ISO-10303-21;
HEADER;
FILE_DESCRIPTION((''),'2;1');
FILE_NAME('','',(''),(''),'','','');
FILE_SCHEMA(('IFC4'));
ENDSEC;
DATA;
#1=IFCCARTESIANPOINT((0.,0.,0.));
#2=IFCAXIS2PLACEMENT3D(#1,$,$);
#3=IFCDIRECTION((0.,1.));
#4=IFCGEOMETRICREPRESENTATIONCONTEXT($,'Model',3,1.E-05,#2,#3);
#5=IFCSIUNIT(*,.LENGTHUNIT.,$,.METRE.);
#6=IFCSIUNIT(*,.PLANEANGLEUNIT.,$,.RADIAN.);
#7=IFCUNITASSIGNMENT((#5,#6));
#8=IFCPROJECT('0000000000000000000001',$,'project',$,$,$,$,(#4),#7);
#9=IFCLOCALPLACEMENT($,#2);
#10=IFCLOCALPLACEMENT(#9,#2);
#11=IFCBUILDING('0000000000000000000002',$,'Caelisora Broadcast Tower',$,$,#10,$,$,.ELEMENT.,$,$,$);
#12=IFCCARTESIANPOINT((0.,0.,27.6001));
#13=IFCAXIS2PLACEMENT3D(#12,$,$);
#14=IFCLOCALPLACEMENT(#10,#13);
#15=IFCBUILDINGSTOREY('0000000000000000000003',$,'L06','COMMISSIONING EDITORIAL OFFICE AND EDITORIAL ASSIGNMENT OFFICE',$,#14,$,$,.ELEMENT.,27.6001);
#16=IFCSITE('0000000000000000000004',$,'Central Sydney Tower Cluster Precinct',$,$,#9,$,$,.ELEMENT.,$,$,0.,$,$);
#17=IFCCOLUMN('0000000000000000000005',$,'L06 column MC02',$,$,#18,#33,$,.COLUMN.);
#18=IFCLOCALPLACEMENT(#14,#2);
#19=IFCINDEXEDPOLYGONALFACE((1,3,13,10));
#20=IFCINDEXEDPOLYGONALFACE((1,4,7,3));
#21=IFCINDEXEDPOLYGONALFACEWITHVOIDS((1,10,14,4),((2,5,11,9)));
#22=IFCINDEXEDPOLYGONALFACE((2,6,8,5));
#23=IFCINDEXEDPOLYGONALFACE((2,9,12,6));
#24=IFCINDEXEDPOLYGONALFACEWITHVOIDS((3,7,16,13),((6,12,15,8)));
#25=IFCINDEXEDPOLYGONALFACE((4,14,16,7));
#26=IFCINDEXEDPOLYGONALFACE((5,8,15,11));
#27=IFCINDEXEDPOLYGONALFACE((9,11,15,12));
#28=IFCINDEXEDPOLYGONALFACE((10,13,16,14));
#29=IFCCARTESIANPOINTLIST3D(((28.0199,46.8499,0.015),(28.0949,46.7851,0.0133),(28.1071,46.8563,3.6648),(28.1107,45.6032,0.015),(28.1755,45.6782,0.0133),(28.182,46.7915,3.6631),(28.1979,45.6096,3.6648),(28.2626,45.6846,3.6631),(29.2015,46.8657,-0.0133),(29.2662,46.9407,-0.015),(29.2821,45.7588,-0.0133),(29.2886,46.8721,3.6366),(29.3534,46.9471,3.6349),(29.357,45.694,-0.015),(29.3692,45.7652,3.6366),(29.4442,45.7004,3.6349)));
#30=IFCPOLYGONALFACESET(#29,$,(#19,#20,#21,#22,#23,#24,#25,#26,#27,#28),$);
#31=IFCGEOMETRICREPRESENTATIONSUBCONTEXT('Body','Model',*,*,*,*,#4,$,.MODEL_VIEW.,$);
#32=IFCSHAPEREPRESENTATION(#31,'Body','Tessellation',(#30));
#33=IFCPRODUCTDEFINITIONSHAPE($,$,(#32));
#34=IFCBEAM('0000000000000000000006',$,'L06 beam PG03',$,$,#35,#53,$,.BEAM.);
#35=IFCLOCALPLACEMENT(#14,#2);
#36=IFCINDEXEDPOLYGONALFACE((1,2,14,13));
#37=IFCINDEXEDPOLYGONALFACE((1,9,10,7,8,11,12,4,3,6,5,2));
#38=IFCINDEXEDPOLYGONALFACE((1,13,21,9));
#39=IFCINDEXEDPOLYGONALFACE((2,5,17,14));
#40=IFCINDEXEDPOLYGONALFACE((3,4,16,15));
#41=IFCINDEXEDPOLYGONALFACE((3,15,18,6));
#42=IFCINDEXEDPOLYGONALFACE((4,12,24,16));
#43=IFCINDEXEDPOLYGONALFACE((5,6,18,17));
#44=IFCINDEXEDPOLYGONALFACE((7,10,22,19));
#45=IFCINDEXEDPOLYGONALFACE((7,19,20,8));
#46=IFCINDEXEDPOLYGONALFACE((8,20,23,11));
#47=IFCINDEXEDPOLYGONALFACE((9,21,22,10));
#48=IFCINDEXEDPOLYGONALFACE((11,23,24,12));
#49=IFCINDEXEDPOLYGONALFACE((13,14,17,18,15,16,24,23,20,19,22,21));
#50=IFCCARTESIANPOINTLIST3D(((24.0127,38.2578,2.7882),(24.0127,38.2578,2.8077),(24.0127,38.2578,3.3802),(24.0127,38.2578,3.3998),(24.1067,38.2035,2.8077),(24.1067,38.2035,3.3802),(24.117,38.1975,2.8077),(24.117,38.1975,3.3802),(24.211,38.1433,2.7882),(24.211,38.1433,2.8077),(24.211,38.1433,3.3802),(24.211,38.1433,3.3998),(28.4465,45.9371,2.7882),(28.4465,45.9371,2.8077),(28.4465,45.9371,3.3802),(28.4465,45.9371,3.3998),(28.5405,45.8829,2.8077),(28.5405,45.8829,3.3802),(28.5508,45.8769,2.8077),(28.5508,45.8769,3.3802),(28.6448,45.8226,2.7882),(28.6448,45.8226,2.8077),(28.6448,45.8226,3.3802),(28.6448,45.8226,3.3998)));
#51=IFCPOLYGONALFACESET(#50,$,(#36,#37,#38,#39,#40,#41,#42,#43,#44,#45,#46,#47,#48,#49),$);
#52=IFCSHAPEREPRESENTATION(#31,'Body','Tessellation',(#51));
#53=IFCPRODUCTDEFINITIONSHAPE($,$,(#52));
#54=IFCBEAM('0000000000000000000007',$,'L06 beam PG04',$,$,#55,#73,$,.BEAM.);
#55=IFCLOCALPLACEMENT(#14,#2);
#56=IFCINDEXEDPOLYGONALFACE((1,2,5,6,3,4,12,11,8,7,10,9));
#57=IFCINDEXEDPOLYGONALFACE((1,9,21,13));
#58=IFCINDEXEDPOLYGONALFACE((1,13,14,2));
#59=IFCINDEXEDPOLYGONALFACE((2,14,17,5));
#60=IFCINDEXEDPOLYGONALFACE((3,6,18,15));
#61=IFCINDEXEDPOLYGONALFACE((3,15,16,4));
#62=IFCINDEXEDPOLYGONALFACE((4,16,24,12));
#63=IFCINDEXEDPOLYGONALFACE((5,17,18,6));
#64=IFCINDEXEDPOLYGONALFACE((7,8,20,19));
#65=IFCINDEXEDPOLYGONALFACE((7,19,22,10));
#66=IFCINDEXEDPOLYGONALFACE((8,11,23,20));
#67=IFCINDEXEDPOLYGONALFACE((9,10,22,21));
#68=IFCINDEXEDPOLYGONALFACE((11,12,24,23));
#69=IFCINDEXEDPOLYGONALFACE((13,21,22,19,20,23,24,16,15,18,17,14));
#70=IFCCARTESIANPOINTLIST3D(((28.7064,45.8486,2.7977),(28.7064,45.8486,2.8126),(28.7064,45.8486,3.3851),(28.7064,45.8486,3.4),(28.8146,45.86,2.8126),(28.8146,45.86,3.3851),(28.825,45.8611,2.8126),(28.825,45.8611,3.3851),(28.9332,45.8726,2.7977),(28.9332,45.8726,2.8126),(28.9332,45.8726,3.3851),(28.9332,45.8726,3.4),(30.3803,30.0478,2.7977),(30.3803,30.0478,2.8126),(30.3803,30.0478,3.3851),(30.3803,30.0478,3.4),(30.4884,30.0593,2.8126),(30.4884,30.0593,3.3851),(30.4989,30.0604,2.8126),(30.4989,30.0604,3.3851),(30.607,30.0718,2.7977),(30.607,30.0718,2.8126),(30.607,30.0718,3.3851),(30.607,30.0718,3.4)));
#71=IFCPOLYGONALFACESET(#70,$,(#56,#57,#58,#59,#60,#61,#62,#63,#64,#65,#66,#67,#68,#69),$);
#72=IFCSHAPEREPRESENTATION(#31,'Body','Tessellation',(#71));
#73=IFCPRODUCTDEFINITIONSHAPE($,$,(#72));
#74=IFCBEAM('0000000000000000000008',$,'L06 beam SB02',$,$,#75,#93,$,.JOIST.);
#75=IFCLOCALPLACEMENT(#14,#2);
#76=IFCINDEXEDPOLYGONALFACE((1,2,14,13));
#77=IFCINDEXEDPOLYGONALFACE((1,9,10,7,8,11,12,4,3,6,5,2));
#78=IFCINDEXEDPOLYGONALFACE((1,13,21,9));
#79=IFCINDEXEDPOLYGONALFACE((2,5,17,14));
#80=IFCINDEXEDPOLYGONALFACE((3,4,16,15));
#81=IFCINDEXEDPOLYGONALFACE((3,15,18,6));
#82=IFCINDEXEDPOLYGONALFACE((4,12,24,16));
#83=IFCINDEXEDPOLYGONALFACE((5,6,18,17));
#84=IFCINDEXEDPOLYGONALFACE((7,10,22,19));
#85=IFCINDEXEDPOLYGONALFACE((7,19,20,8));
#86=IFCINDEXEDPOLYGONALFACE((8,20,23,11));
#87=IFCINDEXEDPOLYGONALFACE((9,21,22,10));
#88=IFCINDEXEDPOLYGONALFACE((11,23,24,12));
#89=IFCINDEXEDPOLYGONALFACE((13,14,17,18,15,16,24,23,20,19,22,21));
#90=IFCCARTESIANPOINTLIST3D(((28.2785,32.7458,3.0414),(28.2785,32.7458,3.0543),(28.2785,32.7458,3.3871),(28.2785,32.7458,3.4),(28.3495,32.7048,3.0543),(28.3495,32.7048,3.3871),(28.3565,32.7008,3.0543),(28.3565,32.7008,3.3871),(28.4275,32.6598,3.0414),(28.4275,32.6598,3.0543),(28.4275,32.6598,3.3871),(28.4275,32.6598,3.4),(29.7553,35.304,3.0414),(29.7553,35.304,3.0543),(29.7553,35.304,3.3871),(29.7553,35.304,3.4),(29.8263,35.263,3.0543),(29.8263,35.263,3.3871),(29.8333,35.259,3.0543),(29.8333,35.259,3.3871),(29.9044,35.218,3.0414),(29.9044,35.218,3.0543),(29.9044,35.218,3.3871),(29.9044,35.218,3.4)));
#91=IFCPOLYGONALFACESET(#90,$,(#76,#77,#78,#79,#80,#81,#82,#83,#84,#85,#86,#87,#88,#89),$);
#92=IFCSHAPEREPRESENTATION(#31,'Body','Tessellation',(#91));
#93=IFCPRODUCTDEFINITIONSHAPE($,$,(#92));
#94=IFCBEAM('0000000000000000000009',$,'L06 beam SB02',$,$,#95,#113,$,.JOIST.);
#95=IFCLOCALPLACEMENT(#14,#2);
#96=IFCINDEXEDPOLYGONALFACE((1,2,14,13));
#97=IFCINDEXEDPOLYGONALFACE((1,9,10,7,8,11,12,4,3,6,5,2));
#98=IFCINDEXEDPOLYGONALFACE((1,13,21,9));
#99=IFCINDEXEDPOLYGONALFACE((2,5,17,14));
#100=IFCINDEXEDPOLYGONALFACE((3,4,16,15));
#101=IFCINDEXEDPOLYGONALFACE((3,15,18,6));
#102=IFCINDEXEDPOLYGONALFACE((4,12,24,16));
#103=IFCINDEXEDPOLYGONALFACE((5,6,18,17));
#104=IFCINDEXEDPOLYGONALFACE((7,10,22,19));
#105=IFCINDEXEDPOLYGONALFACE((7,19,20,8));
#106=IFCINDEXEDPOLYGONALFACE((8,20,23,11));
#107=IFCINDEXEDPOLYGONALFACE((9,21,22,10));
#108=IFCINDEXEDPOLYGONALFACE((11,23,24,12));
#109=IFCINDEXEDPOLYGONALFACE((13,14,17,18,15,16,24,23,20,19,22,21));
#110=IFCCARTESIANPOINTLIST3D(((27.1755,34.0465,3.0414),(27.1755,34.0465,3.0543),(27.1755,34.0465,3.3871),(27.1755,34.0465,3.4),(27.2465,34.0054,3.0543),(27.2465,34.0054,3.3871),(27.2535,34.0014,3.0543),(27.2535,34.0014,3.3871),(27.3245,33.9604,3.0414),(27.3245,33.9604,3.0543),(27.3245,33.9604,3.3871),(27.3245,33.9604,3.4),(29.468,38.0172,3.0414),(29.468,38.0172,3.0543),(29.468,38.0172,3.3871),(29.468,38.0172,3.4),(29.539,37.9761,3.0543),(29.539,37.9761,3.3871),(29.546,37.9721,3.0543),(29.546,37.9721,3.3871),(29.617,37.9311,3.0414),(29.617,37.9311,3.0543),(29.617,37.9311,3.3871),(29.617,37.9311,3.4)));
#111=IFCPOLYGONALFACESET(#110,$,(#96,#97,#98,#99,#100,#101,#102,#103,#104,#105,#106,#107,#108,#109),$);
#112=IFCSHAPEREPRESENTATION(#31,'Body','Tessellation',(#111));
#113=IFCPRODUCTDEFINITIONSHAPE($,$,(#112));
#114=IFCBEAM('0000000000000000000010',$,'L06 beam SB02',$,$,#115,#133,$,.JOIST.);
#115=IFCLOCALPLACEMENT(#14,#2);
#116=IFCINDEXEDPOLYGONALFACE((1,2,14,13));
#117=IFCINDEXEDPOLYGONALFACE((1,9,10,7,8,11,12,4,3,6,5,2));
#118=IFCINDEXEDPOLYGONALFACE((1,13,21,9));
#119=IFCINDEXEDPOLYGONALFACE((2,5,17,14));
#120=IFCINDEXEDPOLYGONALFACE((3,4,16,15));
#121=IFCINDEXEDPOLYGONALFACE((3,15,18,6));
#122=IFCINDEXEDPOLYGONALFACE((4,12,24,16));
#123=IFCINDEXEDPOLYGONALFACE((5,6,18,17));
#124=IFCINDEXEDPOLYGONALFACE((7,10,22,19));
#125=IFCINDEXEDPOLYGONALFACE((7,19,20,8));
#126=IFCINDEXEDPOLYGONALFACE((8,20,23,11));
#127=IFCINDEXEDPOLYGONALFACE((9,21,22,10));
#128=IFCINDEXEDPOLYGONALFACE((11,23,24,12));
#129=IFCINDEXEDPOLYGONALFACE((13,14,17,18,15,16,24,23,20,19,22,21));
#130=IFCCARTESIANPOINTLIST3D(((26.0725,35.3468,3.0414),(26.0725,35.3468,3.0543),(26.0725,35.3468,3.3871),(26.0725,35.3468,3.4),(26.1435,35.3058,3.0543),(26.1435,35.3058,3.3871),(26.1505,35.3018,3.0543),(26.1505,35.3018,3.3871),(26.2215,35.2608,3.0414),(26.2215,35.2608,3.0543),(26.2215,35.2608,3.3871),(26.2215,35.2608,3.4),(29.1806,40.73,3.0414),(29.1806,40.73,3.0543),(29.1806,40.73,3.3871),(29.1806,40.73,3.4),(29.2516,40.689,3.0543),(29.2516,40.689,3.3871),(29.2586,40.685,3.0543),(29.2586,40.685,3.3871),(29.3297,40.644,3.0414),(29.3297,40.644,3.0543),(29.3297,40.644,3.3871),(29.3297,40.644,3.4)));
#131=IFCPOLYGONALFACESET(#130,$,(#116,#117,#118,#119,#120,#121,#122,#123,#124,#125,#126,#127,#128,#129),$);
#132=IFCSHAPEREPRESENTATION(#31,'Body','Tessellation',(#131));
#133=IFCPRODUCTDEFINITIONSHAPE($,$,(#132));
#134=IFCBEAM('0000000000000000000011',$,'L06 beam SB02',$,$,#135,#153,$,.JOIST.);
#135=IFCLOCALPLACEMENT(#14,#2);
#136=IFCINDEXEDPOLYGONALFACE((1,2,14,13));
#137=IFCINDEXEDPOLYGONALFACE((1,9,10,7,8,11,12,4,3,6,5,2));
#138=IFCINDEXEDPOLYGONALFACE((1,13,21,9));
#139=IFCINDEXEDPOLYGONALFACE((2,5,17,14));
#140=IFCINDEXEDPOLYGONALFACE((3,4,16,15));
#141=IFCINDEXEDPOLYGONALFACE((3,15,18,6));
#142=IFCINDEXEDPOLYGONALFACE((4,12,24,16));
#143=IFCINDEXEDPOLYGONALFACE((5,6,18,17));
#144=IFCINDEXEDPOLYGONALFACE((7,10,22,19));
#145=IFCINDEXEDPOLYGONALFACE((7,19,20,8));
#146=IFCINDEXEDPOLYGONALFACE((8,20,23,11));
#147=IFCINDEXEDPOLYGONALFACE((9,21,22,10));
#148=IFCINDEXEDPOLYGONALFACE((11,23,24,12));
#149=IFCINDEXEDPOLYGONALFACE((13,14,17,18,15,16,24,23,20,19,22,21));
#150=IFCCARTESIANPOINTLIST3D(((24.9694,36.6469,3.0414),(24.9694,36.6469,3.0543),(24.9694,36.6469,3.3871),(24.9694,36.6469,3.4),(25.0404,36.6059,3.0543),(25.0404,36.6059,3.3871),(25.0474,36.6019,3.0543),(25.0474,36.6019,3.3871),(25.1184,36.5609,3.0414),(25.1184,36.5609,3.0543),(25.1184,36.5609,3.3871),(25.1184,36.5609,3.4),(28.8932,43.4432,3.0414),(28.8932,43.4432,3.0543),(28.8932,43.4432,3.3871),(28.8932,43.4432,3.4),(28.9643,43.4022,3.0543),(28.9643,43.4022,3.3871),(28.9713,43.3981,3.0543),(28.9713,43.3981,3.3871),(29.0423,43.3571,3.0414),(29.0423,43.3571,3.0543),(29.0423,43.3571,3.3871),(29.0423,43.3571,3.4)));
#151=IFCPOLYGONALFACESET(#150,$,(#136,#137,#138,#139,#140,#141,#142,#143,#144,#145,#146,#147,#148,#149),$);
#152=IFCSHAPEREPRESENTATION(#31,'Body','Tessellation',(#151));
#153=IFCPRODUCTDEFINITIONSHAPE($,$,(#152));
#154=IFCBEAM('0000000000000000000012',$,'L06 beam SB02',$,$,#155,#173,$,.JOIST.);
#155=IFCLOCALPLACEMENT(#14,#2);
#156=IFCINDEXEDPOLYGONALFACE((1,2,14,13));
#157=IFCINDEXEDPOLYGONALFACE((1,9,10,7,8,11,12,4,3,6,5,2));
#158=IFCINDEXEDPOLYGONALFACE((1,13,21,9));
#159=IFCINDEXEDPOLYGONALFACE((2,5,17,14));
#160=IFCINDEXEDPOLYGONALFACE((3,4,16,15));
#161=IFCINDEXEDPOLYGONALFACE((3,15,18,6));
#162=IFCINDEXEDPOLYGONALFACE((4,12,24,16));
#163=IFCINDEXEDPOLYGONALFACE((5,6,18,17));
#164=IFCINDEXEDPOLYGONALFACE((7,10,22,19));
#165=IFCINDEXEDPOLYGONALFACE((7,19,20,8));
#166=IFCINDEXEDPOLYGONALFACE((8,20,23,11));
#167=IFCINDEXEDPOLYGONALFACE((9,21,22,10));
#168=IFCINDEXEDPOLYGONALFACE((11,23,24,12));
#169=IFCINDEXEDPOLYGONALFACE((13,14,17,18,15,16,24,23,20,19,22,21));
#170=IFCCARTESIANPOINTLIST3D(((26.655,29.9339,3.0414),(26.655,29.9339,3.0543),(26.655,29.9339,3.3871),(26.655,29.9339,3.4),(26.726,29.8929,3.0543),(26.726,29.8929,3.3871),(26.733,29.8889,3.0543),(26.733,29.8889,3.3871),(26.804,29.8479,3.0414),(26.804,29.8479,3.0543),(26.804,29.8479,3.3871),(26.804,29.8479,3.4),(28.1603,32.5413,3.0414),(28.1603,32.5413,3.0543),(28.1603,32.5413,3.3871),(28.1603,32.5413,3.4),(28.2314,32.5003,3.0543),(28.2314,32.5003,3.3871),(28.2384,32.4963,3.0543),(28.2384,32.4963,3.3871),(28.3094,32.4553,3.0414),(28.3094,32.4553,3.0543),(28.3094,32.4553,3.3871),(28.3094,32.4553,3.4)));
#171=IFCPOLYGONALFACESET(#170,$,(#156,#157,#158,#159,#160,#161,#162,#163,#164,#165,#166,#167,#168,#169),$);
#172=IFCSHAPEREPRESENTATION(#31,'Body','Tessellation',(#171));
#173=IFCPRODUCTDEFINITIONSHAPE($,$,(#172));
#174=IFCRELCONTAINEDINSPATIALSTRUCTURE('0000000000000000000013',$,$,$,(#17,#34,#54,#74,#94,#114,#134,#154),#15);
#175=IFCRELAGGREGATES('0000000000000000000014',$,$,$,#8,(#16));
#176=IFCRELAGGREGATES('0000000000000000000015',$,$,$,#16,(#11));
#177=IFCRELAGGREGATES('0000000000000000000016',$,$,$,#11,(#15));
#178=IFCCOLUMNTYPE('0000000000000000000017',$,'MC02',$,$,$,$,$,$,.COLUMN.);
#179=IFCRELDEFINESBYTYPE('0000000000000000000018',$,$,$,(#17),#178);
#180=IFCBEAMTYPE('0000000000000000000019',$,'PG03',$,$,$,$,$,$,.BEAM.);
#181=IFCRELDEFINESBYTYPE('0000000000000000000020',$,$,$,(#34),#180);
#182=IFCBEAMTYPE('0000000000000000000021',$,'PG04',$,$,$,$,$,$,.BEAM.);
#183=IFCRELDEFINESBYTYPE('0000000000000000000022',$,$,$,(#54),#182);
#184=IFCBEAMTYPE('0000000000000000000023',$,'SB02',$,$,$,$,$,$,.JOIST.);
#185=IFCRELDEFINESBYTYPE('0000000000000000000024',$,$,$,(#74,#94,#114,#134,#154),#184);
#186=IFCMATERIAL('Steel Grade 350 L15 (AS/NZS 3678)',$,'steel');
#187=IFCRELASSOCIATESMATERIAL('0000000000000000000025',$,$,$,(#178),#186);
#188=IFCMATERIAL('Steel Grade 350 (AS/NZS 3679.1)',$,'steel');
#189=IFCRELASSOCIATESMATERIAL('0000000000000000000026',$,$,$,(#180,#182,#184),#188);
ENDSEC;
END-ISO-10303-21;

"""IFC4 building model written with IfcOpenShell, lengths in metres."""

from ifc_helpers import new_model, si_unit, direction, frame, origin, origin_2d, place, context, subcontext, project, spatial, hollow_rectangle, i_section, extrude, source, transform, mapped, material, material_profile, profile_set, type_object, type_shapes, element, save


model = new_model("IFC4")

# Units and contexts
model_context = context("Model", 3, precision=1e-05, world=origin(), true_north=direction((0.0, 1.0)))
body_context = subcontext(model_context, "Body", "Model", "MODEL_VIEW")
ifc_project = project(units=[si_unit("LENGTHUNIT", "METRE"), si_unit("PLANEANGLEUNIT", "RADIAN")], contexts=[model_context])

# Site, building, storey
site_placement = place(None, origin())
site = spatial("IfcSite", under=ifc_project, at=site_placement, Name="Central Sydney Tower Cluster Precinct", CompositionType="ELEMENT", RefElevation=0.0)
building_placement = place(site_placement, origin())
building = spatial("IfcBuilding", under=site, at=building_placement, Name="Caelisora Broadcast Tower", CompositionType="ELEMENT")
storey_placement = place(building_placement, frame((0.0, 0.0, 27.6001)))
storey = spatial("IfcBuildingStorey", under=building, at=storey_placement, Name="L06", Description="COMMISSIONING EDITORIAL OFFICE AND EDITORIAL ASSIGNMENT OFFICE", CompositionType="ELEMENT", Elevation=27.6001)

# Column
ifc_material_1 = material(Name="Steel Grade 350 L15 (AS/NZS 3678)", Category="steel")
ifc_material_profile_1 = material_profile(ifc_material_1, hollow_rectangle(XDim=1.25, YDim=1.25, WallThickness=0.0701, at=origin_2d()), Name="Steel Grade 350 L15 (AS/NZS 3678)")
ifc_profile_set_1 = profile_set([ifc_material_profile_1], Name="Steel Grade 350 L15 (AS/NZS 3678)")
column_type = type_object("IfcColumnType", Name="MC02", PredefinedType="COLUMN", material=ifc_profile_set_1)
shared_shape_1 = source(origin(), body_context, "Body", "SweptSolid", [
    extrude(hollow_rectangle(XDim=1.25, YDim=1.25, WallThickness=0.0701, at=origin_2d()), origin(), (0.0, 0.0, 1.0), 3.6509),
])
type_shapes(column_type, [shared_shape_1])
column_placement = place(storey_placement, frame((28.6885, 46.272, 0.0), z_axis=(0.023873, 0.001739, 0.999713), x_axis=(-0.072637, 0.997358, 0.0)))
element("IfcColumn", 1, at=column_placement, inside=storey, type_object=column_type, Name="L06 column MC02", PredefinedType="COLUMN", context=body_context, shape_type="MappedRepresentation", body=[
    mapped(shared_shape_1, transform((0.0, 0.0, 0.0), scale=1.0)),
])

# Beams
ifc_material_2 = material(Name="Steel Grade 350 (AS/NZS 3679.1)", Category="steel")
ifc_material_profile_2 = material_profile(ifc_material_2, i_section(OverallWidth=0.229, OverallDepth=0.6116, WebThickness=0.012, FlangeThickness=0.0195, at=origin_2d()), Name="Steel Grade 350 (AS/NZS 3679.1)")
ifc_profile_set_2 = profile_set([ifc_material_profile_2], Name="Steel Grade 350 (AS/NZS 3679.1)")
beam_type_1 = type_object("IfcBeamType", Name="PG03", PredefinedType="BEAM", material=ifc_profile_set_2)
shared_shape_2 = source(origin(), body_context, "Body", "SweptSolid", [
    extrude(i_section(OverallWidth=0.229, OverallDepth=0.6116, WebThickness=0.012, FlangeThickness=0.0195, at=origin_2d()), origin(), (0.0, 0.0, 1.0), 8.8674),
])
type_shapes(beam_type_1, [shared_shape_2])
beam_1_placement = place(storey_placement, frame((28.5457, 45.8799, 3.094), z_axis=(-0.500009, -0.86602, 0.0), x_axis=(0.86602, -0.500009, 0.0)))
element("IfcBeam", 2, at=beam_1_placement, inside=storey, type_object=beam_type_1, Name="L06 beam PG03", PredefinedType="BEAM", context=body_context, shape_type="MappedRepresentation", body=[
    mapped(shared_shape_2, transform((0.0, 0.0, 0.0), scale=1.0)),
])
ifc_material_profile_3 = material_profile(ifc_material_2, i_section(OverallWidth=0.228, OverallDepth=0.6023, WebThickness=0.0105, FlangeThickness=0.0149, at=origin_2d()), Name="Steel Grade 350 (AS/NZS 3679.1)")
ifc_profile_set_3 = profile_set([ifc_material_profile_3], Name="Steel Grade 350 (AS/NZS 3679.1)")
beam_type_2 = type_object("IfcBeamType", Name="PG04", PredefinedType="BEAM", material=ifc_profile_set_3)
shared_shape_3 = source(origin(), body_context, "Body", "SweptSolid", [
    extrude(i_section(OverallWidth=0.228, OverallDepth=0.6023, WebThickness=0.0105, FlangeThickness=0.0149, at=origin_2d()), origin(), (0.0, 0.0, 1.0), 15.8892),
])
type_shapes(beam_type_2, [shared_shape_3])
beam_2_placement = place(storey_placement, frame((30.4937, 30.0598, 3.0989), z_axis=(-0.105344, 0.994436, 0.0), x_axis=(-0.994436, -0.105344, 0.0)))
element("IfcBeam", 3, at=beam_2_placement, inside=storey, type_object=beam_type_2, Name="L06 beam PG04", PredefinedType="BEAM", context=body_context, shape_type="MappedRepresentation", body=[
    mapped(shared_shape_3, transform((0.0, 0.0, 0.0), scale=1.0)),
])
ifc_material_profile_4 = material_profile(ifc_material_2, i_section(OverallWidth=0.1721, OverallDepth=0.3586, WebThickness=0.0081, FlangeThickness=0.0129, at=origin_2d()), Name="Steel Grade 350 (AS/NZS 3679.1)")
ifc_profile_set_4 = profile_set([ifc_material_profile_4], Name="Steel Grade 350 (AS/NZS 3679.1)")
beam_type_3 = type_object("IfcBeamType", Name="SB02", PredefinedType="JOIST", material=ifc_profile_set_4)
shared_shape_4 = source(origin(), body_context, "Body", "SweptSolid", [
    extrude(i_section(OverallWidth=0.1721, OverallDepth=0.3586, WebThickness=0.0081, FlangeThickness=0.0129, at=origin_2d()), origin(), (0.0, 0.0, 1.0), 2.9539),
])
beam_3_placement = place(storey_placement, frame((29.8298, 35.261, 3.2207), z_axis=(-0.49997, -0.866042, 0.0), x_axis=(0.866042, -0.49997, 0.0)))
element("IfcBeam", 4, at=beam_3_placement, inside=storey, type_object=beam_type_3, Name="L06 beam SB02", PredefinedType="JOIST", context=body_context, shape_type="MappedRepresentation", body=[
    mapped(shared_shape_4, transform((0.0, 0.0, 0.0), scale=1.0)),
])
shared_shape_5 = source(origin(), body_context, "Body", "SweptSolid", [
    extrude(i_section(OverallWidth=0.1721, OverallDepth=0.3586, WebThickness=0.0081, FlangeThickness=0.0129, at=origin_2d()), origin(), (0.0, 0.0, 1.0), 4.585),
])
beam_4_placement = place(storey_placement, frame((29.5425, 37.9741, 3.2207), z_axis=(-0.499999, -0.866026, 0.0), x_axis=(0.866026, -0.499999, 0.0)))
element("IfcBeam", 5, at=beam_4_placement, inside=storey, type_object=beam_type_3, Name="L06 beam SB02", PredefinedType="JOIST", context=body_context, shape_type="MappedRepresentation", body=[
    mapped(shared_shape_5, transform((0.0, 0.0, 0.0), scale=1.0)),
])
shared_shape_6 = source(origin(), body_context, "Body", "SweptSolid", [
    extrude(i_section(OverallWidth=0.1721, OverallDepth=0.3586, WebThickness=0.0081, FlangeThickness=0.0129, at=origin_2d()), origin(), (0.0, 0.0, 1.0), 6.2161),
])
beam_5_placement = place(storey_placement, frame((29.2551, 40.687, 3.2207), z_axis=(-0.500013, -0.866018, 0.0), x_axis=(0.866018, -0.500013, 0.0)))
element("IfcBeam", 6, at=beam_5_placement, inside=storey, type_object=beam_type_3, Name="L06 beam SB02", PredefinedType="JOIST", context=body_context, shape_type="MappedRepresentation", body=[
    mapped(shared_shape_6, transform((0.0, 0.0, 0.0), scale=1.0)),
])
shared_shape_7 = source(origin(), body_context, "Body", "SweptSolid", [
    extrude(i_section(OverallWidth=0.1721, OverallDepth=0.3586, WebThickness=0.0081, FlangeThickness=0.0129, at=origin_2d()), origin(), (0.0, 0.0, 1.0), 7.8477),
])
beam_6_placement = place(storey_placement, frame((28.9678, 43.4001, 3.2207), z_axis=(-0.500007, -0.866021, 0.0), x_axis=(0.866021, -0.500007, 0.0)))
element("IfcBeam", 7, at=beam_6_placement, inside=storey, type_object=beam_type_3, Name="L06 beam SB02", PredefinedType="JOIST", context=body_context, shape_type="MappedRepresentation", body=[
    mapped(shared_shape_7, transform((0.0, 0.0, 0.0), scale=1.0)),
])
shared_shape_8 = source(origin(), body_context, "Body", "SweptSolid", [
    extrude(i_section(OverallWidth=0.1721, OverallDepth=0.3586, WebThickness=0.0081, FlangeThickness=0.0129, at=origin_2d()), origin(), (0.0, 0.0, 1.0), 3.0107),
])
beam_7_placement = place(storey_placement, frame((28.2349, 32.4983, 3.2207), z_axis=(-0.499994, -0.866029, 0.0), x_axis=(0.866029, -0.499994, 0.0)))
element("IfcBeam", 8, at=beam_7_placement, inside=storey, type_object=beam_type_3, Name="L06 beam SB02", PredefinedType="JOIST", context=body_context, shape_type="MappedRepresentation", body=[
    mapped(shared_shape_8, transform((0.0, 0.0, 0.0), scale=1.0)),
])

save(model, "model.ifc")
